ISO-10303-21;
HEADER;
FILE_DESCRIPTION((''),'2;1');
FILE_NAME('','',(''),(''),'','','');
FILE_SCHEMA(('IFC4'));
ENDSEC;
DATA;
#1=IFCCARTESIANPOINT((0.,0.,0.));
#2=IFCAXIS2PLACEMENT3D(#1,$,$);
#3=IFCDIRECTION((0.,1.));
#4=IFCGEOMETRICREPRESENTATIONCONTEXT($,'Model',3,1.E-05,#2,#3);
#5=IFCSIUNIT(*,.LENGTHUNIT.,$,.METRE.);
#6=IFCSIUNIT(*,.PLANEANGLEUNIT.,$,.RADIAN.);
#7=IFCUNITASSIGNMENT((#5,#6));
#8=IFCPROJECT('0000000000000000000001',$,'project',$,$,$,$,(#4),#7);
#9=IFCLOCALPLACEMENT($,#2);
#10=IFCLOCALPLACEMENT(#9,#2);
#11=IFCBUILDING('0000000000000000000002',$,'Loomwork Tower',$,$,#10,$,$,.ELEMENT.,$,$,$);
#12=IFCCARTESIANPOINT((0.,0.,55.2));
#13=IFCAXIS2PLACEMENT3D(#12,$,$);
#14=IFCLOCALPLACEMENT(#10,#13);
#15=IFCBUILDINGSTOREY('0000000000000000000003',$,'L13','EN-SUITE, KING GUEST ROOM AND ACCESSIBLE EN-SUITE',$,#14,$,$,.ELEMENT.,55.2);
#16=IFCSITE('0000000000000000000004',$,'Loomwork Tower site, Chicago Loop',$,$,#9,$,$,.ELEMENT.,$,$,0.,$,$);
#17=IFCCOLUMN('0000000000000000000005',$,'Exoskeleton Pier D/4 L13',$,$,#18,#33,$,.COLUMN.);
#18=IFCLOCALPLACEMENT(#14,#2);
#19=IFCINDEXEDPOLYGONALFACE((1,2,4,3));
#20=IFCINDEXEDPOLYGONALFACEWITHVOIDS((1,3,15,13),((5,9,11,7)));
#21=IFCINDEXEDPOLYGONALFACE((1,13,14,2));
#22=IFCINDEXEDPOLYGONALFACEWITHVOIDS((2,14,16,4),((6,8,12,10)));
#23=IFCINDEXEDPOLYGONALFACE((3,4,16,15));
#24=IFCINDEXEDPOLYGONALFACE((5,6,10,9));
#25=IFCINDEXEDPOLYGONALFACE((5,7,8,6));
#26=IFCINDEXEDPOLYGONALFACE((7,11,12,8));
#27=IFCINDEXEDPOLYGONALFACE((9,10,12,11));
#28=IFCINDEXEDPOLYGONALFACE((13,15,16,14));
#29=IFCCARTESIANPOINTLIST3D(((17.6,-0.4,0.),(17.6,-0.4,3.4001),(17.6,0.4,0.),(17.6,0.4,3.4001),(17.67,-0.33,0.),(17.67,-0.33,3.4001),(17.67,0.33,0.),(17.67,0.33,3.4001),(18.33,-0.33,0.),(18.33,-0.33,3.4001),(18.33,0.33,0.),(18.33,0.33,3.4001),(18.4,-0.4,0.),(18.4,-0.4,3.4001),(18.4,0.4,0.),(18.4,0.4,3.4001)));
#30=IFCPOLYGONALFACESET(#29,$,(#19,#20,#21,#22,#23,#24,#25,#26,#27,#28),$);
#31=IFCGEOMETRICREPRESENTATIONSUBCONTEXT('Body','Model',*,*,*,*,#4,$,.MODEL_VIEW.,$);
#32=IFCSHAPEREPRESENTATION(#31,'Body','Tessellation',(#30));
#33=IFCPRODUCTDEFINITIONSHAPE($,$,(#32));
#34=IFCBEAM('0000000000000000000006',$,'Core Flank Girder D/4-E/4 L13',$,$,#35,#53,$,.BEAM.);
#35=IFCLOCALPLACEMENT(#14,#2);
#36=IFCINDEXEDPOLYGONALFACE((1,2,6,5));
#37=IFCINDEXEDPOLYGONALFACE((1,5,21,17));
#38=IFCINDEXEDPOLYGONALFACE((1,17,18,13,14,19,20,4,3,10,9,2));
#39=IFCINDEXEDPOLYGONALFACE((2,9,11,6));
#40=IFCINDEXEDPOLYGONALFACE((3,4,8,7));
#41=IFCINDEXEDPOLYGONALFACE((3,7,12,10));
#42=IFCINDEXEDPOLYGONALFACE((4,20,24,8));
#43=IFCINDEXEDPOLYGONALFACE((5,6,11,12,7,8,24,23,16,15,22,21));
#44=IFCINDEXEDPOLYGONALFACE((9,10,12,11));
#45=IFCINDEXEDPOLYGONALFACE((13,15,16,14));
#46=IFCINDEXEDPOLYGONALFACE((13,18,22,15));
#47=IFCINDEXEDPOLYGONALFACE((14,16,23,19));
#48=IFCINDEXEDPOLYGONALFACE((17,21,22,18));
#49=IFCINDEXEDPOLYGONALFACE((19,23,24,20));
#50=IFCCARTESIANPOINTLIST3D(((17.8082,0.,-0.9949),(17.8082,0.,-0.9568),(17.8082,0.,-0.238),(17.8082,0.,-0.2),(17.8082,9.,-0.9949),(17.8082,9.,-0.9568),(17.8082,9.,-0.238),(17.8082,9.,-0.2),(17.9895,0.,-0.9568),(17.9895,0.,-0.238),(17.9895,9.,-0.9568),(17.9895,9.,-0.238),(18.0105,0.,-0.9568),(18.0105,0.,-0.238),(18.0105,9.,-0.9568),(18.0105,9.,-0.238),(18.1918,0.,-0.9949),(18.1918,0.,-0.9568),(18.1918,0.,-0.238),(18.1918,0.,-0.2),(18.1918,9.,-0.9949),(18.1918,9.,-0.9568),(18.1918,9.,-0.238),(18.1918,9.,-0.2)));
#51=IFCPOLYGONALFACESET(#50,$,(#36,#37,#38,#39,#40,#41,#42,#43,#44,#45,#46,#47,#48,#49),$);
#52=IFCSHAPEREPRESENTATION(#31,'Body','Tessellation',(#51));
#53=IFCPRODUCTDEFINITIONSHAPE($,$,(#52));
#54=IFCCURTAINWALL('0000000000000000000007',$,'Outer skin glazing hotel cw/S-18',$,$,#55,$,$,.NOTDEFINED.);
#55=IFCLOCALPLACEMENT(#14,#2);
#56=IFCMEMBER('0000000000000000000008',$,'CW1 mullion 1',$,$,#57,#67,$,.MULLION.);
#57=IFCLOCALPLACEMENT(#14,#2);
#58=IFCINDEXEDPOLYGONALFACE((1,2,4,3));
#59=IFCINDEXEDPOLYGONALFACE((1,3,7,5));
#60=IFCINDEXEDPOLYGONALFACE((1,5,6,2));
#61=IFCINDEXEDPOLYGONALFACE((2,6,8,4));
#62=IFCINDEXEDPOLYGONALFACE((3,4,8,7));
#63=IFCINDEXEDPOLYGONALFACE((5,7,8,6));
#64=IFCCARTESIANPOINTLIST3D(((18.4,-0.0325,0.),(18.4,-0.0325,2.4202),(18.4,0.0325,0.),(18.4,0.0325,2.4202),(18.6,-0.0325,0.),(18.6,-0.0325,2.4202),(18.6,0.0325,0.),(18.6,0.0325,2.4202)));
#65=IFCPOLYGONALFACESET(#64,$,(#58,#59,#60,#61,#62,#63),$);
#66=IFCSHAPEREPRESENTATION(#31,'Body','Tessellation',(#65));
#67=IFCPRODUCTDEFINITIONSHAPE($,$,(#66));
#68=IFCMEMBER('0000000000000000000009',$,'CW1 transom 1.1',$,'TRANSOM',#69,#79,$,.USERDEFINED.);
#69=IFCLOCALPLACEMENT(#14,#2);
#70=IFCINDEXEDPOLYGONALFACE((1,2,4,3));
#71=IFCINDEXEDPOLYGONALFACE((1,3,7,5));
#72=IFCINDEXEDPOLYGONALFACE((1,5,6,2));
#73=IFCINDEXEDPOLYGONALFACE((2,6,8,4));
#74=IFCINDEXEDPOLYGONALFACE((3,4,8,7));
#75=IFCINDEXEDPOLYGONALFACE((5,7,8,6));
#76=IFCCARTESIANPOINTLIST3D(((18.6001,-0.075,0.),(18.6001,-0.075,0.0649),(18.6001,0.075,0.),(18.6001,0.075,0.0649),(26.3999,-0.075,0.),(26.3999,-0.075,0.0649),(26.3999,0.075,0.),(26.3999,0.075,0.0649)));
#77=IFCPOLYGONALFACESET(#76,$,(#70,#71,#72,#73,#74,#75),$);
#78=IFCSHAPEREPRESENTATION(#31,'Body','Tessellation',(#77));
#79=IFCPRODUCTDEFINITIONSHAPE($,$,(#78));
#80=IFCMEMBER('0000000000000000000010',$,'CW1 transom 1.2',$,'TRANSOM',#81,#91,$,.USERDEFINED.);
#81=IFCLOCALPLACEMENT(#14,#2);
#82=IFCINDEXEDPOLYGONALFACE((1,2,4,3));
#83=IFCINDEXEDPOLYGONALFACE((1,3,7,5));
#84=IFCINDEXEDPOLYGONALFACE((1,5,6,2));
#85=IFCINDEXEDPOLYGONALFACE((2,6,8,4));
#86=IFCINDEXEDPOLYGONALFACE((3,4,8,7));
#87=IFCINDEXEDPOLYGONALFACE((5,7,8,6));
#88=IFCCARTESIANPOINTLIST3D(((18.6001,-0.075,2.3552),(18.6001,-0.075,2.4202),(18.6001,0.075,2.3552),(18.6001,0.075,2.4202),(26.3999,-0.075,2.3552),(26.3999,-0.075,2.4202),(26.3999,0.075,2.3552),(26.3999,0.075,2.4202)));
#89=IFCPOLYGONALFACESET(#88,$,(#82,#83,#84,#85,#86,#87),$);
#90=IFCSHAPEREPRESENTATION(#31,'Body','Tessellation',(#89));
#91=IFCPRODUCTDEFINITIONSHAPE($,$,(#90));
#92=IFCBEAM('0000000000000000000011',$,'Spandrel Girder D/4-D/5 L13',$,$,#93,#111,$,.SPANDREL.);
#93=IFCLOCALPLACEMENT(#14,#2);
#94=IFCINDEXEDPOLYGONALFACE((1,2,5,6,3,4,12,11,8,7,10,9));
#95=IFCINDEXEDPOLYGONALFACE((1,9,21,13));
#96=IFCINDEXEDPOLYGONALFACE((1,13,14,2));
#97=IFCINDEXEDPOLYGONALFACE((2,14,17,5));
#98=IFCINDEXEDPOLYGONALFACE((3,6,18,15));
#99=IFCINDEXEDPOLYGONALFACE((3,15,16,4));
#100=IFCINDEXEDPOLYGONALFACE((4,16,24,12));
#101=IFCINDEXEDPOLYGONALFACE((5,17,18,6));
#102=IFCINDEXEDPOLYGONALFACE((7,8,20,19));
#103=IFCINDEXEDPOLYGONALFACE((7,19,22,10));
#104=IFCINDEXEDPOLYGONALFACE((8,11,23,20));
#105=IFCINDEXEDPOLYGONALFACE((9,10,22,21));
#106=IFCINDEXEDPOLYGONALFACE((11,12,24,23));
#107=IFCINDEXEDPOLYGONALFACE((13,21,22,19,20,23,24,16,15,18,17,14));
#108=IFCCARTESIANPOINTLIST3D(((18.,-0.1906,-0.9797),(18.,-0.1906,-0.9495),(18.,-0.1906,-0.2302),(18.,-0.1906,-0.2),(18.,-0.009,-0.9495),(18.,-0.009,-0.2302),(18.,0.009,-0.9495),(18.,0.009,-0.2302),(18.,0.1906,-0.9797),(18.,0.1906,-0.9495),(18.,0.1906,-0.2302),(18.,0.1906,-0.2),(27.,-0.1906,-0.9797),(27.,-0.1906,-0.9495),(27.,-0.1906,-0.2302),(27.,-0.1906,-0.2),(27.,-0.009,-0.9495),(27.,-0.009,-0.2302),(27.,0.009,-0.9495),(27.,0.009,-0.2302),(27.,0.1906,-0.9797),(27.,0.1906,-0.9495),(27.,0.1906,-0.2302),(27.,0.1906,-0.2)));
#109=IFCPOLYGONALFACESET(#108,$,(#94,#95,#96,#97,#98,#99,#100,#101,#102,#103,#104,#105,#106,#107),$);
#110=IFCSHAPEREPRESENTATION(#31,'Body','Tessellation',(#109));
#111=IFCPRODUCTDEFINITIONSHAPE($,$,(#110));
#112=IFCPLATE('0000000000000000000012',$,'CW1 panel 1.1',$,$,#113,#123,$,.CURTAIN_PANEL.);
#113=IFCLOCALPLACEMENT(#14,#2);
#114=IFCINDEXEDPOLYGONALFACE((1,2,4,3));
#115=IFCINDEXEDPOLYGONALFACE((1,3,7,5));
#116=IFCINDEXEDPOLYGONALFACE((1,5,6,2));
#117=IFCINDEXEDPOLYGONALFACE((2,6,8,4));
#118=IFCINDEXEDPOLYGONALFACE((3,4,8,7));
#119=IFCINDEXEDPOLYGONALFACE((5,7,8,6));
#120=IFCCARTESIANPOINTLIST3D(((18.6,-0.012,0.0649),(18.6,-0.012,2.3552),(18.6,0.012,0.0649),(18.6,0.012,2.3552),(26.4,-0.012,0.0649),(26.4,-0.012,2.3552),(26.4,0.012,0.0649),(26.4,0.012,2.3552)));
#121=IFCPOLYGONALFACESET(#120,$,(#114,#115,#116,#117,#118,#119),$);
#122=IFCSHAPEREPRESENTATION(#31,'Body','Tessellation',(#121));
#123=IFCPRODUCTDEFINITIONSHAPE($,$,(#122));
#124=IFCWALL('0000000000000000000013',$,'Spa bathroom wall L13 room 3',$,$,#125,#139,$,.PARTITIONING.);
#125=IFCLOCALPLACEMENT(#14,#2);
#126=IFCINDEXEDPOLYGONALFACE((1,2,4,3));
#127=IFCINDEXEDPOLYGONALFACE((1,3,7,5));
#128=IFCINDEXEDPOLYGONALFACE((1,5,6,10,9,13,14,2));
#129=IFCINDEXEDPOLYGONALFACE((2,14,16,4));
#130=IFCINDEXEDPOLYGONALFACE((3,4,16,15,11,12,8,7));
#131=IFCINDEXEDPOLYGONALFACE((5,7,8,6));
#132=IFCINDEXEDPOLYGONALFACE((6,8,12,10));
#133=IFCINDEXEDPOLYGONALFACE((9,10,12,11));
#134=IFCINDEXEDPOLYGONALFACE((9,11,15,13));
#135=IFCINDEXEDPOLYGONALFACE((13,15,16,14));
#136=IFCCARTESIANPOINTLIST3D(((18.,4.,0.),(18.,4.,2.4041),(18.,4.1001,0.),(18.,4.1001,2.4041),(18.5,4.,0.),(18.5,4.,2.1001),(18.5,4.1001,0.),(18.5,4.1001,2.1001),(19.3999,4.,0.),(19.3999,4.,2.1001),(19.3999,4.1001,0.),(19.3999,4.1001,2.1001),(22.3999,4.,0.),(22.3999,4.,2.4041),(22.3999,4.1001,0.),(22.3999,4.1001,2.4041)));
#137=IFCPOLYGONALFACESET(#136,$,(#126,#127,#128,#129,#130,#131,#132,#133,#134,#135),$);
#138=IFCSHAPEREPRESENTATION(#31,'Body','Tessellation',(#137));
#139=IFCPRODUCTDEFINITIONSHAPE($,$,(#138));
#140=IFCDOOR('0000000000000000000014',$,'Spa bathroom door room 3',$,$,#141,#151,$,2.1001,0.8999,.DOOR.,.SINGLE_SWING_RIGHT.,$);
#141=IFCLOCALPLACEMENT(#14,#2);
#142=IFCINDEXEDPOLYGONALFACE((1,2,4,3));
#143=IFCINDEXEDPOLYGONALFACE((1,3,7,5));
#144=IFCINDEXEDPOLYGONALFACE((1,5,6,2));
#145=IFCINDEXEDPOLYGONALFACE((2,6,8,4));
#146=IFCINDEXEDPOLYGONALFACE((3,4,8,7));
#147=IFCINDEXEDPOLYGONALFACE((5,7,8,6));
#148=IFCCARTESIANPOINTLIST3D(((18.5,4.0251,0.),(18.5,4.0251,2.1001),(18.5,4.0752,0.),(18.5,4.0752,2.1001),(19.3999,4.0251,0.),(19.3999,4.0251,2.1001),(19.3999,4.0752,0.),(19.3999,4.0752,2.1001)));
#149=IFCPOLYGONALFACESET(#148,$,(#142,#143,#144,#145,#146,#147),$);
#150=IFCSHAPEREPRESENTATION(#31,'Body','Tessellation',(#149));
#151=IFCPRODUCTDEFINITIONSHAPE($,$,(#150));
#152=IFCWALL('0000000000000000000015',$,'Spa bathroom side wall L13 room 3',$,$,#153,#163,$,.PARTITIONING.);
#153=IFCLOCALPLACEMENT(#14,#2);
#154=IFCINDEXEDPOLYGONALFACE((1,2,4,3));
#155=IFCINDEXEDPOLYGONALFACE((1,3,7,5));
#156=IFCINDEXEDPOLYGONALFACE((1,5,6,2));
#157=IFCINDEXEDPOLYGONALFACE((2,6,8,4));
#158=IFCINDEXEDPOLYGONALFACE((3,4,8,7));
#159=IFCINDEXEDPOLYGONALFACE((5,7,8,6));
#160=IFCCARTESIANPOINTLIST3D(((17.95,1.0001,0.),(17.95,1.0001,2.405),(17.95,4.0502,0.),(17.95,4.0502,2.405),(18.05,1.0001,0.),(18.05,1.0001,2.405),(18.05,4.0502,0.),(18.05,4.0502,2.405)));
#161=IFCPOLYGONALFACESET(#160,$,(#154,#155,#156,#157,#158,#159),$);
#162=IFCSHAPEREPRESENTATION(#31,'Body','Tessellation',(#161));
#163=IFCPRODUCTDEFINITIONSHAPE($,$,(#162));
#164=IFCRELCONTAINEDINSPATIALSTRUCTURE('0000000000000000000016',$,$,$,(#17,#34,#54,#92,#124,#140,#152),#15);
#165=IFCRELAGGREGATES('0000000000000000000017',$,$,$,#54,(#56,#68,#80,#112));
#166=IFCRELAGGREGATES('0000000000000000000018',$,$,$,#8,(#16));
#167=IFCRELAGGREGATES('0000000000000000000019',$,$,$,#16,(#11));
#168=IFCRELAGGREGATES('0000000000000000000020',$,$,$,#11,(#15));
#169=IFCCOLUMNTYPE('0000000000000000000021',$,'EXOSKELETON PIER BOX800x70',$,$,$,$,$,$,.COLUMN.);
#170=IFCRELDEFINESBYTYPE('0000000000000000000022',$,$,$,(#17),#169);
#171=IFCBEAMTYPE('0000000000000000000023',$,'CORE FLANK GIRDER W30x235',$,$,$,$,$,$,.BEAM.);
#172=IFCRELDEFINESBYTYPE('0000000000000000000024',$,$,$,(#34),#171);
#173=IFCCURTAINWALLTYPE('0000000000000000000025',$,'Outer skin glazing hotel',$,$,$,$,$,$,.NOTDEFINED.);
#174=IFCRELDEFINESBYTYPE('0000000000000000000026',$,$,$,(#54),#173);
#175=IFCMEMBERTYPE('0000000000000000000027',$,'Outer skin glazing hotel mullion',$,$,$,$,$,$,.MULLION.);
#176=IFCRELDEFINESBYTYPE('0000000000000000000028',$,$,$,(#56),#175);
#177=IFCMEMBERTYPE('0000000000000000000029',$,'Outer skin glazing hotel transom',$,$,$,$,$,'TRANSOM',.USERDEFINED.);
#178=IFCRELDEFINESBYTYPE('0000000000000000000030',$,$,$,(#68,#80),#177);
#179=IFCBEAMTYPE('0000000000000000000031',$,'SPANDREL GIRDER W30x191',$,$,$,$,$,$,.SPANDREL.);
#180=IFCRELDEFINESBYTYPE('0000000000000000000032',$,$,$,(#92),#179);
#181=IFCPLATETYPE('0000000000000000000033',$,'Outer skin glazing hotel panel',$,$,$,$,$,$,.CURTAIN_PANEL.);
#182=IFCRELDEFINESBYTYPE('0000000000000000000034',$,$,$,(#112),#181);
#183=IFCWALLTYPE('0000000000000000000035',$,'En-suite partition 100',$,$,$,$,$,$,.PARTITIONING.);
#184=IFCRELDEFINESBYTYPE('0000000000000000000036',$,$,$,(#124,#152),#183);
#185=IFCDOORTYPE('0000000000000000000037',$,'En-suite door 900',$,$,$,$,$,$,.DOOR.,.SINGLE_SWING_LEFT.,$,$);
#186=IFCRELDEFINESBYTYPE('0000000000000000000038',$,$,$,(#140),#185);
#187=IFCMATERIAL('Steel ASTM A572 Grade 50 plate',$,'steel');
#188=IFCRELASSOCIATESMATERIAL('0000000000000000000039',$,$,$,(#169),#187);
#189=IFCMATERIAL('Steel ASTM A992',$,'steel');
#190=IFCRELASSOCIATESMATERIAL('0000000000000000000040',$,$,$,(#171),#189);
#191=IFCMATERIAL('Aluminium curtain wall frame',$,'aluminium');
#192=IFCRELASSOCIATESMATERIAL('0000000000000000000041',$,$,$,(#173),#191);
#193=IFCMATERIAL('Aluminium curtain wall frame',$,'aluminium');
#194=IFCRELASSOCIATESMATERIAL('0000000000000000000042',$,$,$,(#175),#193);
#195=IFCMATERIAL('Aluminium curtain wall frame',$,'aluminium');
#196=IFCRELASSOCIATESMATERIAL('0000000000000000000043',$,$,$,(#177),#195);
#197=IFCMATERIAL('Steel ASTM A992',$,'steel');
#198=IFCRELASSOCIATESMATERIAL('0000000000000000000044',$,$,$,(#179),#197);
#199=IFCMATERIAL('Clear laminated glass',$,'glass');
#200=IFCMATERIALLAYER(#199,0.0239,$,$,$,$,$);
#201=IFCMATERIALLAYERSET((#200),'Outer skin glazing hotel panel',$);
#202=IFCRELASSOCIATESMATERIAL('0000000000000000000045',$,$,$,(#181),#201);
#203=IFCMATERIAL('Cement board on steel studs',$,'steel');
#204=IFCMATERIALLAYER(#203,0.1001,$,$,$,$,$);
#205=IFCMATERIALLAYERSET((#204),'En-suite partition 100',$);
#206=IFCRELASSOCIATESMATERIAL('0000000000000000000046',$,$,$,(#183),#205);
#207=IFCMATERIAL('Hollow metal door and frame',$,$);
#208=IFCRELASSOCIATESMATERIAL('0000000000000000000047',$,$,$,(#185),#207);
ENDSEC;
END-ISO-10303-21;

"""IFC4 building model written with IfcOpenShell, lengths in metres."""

from ifc_helpers import new_model, si_unit, direction, frame, frame_2d, origin, origin_2d, place, context, subcontext, project, spatial, rectangle, hollow_rectangle, i_section, extrude, material, layer, layer_set, material_profile, profile_set, type_object, element, fill, aggregate, save


model = new_model("IFC4")

# Units and contexts
model_context = context("Model", 3, precision=1e-05, world=origin(), true_north=direction((0.0, 1.0)))
body_context = subcontext(model_context, "Body", "Model", "MODEL_VIEW")
ifc_project = project(units=[si_unit("LENGTHUNIT", "METRE"), si_unit("PLANEANGLEUNIT", "RADIAN")], contexts=[model_context])

# Site, building, storey
site_placement = place(None, origin())
site = spatial("IfcSite", under=ifc_project, at=site_placement, Name="Loomwork Tower site, Chicago Loop", CompositionType="ELEMENT", RefElevation=0.0)
building_placement = place(site_placement, origin())
building = spatial("IfcBuilding", under=site, at=building_placement, Name="Loomwork Tower", CompositionType="ELEMENT")
storey_placement = place(building_placement, frame((0.0, 0.0, 55.2)))
storey = spatial("IfcBuildingStorey", under=building, at=storey_placement, Name="L13", Description="EN-SUITE, KING GUEST ROOM AND ACCESSIBLE EN-SUITE", CompositionType="ELEMENT", Elevation=55.2)

# Column
ifc_material_1 = material(Name="Steel ASTM A572 Grade 50 plate", Category="steel")
ifc_material_profile_1 = material_profile(ifc_material_1, hollow_rectangle(XDim=0.8, YDim=0.8, WallThickness=0.0701, at=origin_2d()), Name="BOX800x70")
ifc_profile_set_1 = profile_set([ifc_material_profile_1], Name="Steel ASTM A572 Grade 50 plate")
column_type = type_object("IfcColumnType", Name="EXOSKELETON PIER BOX800x70", PredefinedType="COLUMN", material=ifc_profile_set_1)
column_placement = place(storey_placement, frame((18.0, 0.0, 0.0), z_axis=(0.0, 0.0, 1.0), x_axis=(1.0, 0.0, 0.0)))
element("IfcColumn", 1, at=column_placement, inside=storey, type_object=column_type, Name="Exoskeleton Pier D/4 L13", PredefinedType="COLUMN", context=body_context, shape_type="SweptSolid", body=[
    extrude(hollow_rectangle(XDim=0.8, YDim=0.8, WallThickness=0.0701, at=origin_2d()), origin(), (0.0, 0.0, 1.0), 3.4001),
])

# Beam
ifc_material_2 = material(Name="Steel ASTM A992", Category="steel")
ifc_material_profile_2 = material_profile(ifc_material_2, i_section(OverallWidth=0.3835, OverallDepth=0.7949, WebThickness=0.021, FlangeThickness=0.0381, at=origin_2d()), Name="W30x235")
ifc_profile_set_2 = profile_set([ifc_material_profile_2], Name="Steel ASTM A992")
beam_type_1 = type_object("IfcBeamType", Name="CORE FLANK GIRDER W30x235", PredefinedType="BEAM", material=ifc_profile_set_2)
beam_1_placement = place(storey_placement, frame((18.0, 0.0, -0.5974), z_axis=(0.0, 1.0, 0.0), x_axis=(-1.0, 0.0, 0.0)))
element("IfcBeam", 2, at=beam_1_placement, inside=storey, type_object=beam_type_1, Name="Core Flank Girder D/4-E/4 L13", PredefinedType="BEAM", context=body_context, shape_type="SweptSolid", body=[
    extrude(i_section(OverallWidth=0.3835, OverallDepth=0.7949, WebThickness=0.021, FlangeThickness=0.0381, at=origin_2d()), origin(), (0.0, 0.0, 1.0), 9.0),
])

# Curtain wall, members
ifc_material_3 = material(Name="Aluminium curtain wall frame", Category="aluminium")
curtain_wall_type = type_object("IfcCurtainWallType", Name="Outer skin glazing hotel", PredefinedType="NOTDEFINED", material=ifc_material_3)
curtain_wall_placement = place(storey_placement, origin())
curtain_wall = element("IfcCurtainWall", 3, at=curtain_wall_placement, inside=storey, type_object=curtain_wall_type, Name="Outer skin glazing hotel cw/S-18", PredefinedType="NOTDEFINED")
ifc_material_4 = material(Name="Aluminium curtain wall frame", Category="aluminium")
ifc_material_profile_3 = material_profile(ifc_material_4, rectangle(XDim=0.0649, YDim=0.2, at=origin_2d()), Name="AL 65x200")
ifc_profile_set_3 = profile_set([ifc_material_profile_3], Name="Aluminium curtain wall frame")
member_type_1 = type_object("IfcMemberType", Name="Outer skin glazing hotel mullion", PredefinedType="MULLION", material=ifc_profile_set_3)
member_1_placement = place(storey_placement, frame((18.5, 0.0, 0.0), z_axis=(0.0, 0.0, 1.0), x_axis=(0.0, 1.0, 0.0)))
member_1 = element("IfcMember", 4, at=member_1_placement, type_object=member_type_1, Name="CW1 mullion 1", PredefinedType="MULLION", context=body_context, shape_type="SweptSolid", body=[
    extrude(rectangle(XDim=0.0649, YDim=0.2, at=origin_2d()), origin(), (0.0, 0.0, 1.0), 2.4202),
])
ifc_material_5 = material(Name="Aluminium curtain wall frame", Category="aluminium")
ifc_material_profile_4 = material_profile(ifc_material_5, rectangle(XDim=0.1499, YDim=0.0649, at=origin_2d()), Name="AL 65x150")
ifc_profile_set_4 = profile_set([ifc_material_profile_4], Name="Aluminium curtain wall frame")
member_type_2 = type_object("IfcMemberType", Name="Outer skin glazing hotel transom", ElementType="TRANSOM", PredefinedType="USERDEFINED", material=ifc_profile_set_4)
member_2_placement = place(storey_placement, frame((18.6001, 0.0, 0.0325), z_axis=(1.0, 0.0, 0.0), x_axis=(0.0, 1.0, 0.0)))
member_2 = element("IfcMember", 5, at=member_2_placement, type_object=member_type_2, Name="CW1 transom 1.1", ObjectType="TRANSOM", PredefinedType="USERDEFINED", context=body_context, shape_type="SweptSolid", body=[
    extrude(rectangle(XDim=0.1499, YDim=0.0649, at=origin_2d()), origin(), (0.0, 0.0, 1.0), 7.7998),
])
member_3_placement = place(storey_placement, frame((18.6001, 0.0, 2.3877), z_axis=(1.0, 0.0, 0.0), x_axis=(0.0, 1.0, 0.0)))
member_3 = element("IfcMember", 6, at=member_3_placement, type_object=member_type_2, Name="CW1 transom 1.2", ObjectType="TRANSOM", PredefinedType="USERDEFINED", context=body_context, shape_type="SweptSolid", body=[
    extrude(rectangle(XDim=0.1499, YDim=0.0649, at=origin_2d()), origin(), (0.0, 0.0, 1.0), 7.7998),
])

# Beam
ifc_material_6 = material(Name="Steel ASTM A992", Category="steel")
ifc_material_profile_5 = material_profile(ifc_material_6, i_section(OverallWidth=0.3811, OverallDepth=0.7798, WebThickness=0.0181, FlangeThickness=0.0303, at=origin_2d()), Name="W30x191")
ifc_profile_set_5 = profile_set([ifc_material_profile_5], Name="Steel ASTM A992")
beam_type_2 = type_object("IfcBeamType", Name="SPANDREL GIRDER W30x191", PredefinedType="SPANDREL", material=ifc_profile_set_5)
beam_2_placement = place(storey_placement, frame((18.0, 0.0, -0.5898), z_axis=(1.0, 0.0, 0.0), x_axis=(0.0, 1.0, 0.0)))
element("IfcBeam", 7, at=beam_2_placement, inside=storey, type_object=beam_type_2, Name="Spandrel Girder D/4-D/5 L13", PredefinedType="SPANDREL", context=body_context, shape_type="SweptSolid", body=[
    extrude(i_section(OverallWidth=0.3811, OverallDepth=0.7798, WebThickness=0.0181, FlangeThickness=0.0303, at=origin_2d()), origin(), (0.0, 0.0, 1.0), 9.0),
])

# Plate
ifc_material_7 = material(Name="Clear laminated glass", Category="glass")
ifc_layer_1 = layer(ifc_material_7, 0.0239)
ifc_layer_set_1 = layer_set([ifc_layer_1], Name="Outer skin glazing hotel panel")
plate_type = type_object("IfcPlateType", Name="Outer skin glazing hotel panel", PredefinedType="CURTAIN_PANEL", material=ifc_layer_set_1)
plate_placement = place(storey_placement, frame((22.5, 0.0, 0.0649), z_axis=(0.0, 0.0, 1.0), x_axis=(1.0, 0.0, 0.0)))
plate = element("IfcPlate", 8, at=plate_placement, type_object=plate_type, Name="CW1 panel 1.1", PredefinedType="CURTAIN_PANEL", context=body_context, shape_type="SweptSolid", body=[
    extrude(rectangle(XDim=7.8, YDim=0.0239, at=origin_2d()), origin(), (0.0, 0.0, 1.0), 2.2903),
])
aggregate(curtain_wall, [member_1, member_2, member_3, plate])

# Wall, opening, door
ifc_material_8 = material(Name="Cement board on steel studs", Category="steel")
ifc_layer_2 = layer(ifc_material_8, 0.1001)
ifc_layer_set_2 = layer_set([ifc_layer_2], Name="En-suite partition 100")
wall_type_1 = type_object("IfcWallType", Name="En-suite partition 100", PredefinedType="PARTITIONING", material=ifc_layer_set_2)
wall_1_placement = place(storey_placement, frame((18.0, 4.05, 0.0), z_axis=(0.0, 0.0, 1.0), x_axis=(1.0, 0.0, 0.0)))
wall_1 = element("IfcWall", 9, at=wall_1_placement, inside=storey, type_object=wall_type_1, Name="Spa bathroom wall L13 room 3", PredefinedType="PARTITIONING", context=body_context, shape_type="SweptSolid", body=[
    extrude(rectangle(XDim=4.3999, YDim=0.1001, at=frame_2d((2.2, 0.0))), origin(), (0.0, 0.0, 1.0), 2.4041),
])
opening_1_placement = place(wall_1_placement, frame((0.5, 0.0, 0.0)))
opening_1 = element("IfcOpeningElement", 10, at=opening_1_placement, cuts=wall_1, PredefinedType="OPENING", context=body_context, shape_type="SweptSolid", body=[
    extrude(rectangle(XDim=0.8999, YDim=2.1001, at=frame_2d((0.45, 1.05))), frame((0.0, 0.0601, 0.0), z_axis=(0.0, -1.0, 0.0), x_axis=(1.0, 0.0, 0.0)), (0.0, 0.0, 1.0), 0.1201),
])
ifc_material_9 = material(Name="Hollow metal door and frame")
door_type = type_object("IfcDoorType", Name="En-suite door 900", OperationType="SINGLE_SWING_LEFT", PredefinedType="DOOR", material=ifc_material_9)
door_placement = place(opening_1_placement, frame((0.8999, 0.0, 0.0), z_axis=(0.0, 0.0, 1.0), x_axis=(-1.0, 0.0, 0.0)))
door = element("IfcDoor", 11, at=door_placement, inside=storey, type_object=door_type, Name="Spa bathroom door room 3", OperationType="SINGLE_SWING_RIGHT", OverallHeight=2.1001, OverallWidth=0.8999, PredefinedType="DOOR", context=body_context, shape_type="SweptSolid", body=[
    extrude(rectangle(XDim=0.8999, YDim=2.1001, at=frame_2d((0.45, 1.05))), frame((0.0, 0.0249, 0.0), z_axis=(0.0, -1.0, 0.0), x_axis=(1.0, 0.0, 0.0)), (0.0, 0.0, 1.0), 0.05),
])
fill(opening_1, door)

# Wall
wall_2_placement = place(storey_placement, frame((18.0, 4.05, 0.0), z_axis=(0.0, 0.0, 1.0), x_axis=(0.0, -1.0, 0.0)))
element("IfcWall", 12, at=wall_2_placement, inside=storey, type_object=wall_type_1, Name="Spa bathroom side wall L13 room 3", PredefinedType="PARTITIONING", context=body_context, shape_type="SweptSolid", body=[
    extrude(rectangle(XDim=3.05, YDim=0.1001, at=frame_2d((1.5249, 0.0))), origin(), (0.0, 0.0, 1.0), 2.405),
])

save(model, "model.ifc")
